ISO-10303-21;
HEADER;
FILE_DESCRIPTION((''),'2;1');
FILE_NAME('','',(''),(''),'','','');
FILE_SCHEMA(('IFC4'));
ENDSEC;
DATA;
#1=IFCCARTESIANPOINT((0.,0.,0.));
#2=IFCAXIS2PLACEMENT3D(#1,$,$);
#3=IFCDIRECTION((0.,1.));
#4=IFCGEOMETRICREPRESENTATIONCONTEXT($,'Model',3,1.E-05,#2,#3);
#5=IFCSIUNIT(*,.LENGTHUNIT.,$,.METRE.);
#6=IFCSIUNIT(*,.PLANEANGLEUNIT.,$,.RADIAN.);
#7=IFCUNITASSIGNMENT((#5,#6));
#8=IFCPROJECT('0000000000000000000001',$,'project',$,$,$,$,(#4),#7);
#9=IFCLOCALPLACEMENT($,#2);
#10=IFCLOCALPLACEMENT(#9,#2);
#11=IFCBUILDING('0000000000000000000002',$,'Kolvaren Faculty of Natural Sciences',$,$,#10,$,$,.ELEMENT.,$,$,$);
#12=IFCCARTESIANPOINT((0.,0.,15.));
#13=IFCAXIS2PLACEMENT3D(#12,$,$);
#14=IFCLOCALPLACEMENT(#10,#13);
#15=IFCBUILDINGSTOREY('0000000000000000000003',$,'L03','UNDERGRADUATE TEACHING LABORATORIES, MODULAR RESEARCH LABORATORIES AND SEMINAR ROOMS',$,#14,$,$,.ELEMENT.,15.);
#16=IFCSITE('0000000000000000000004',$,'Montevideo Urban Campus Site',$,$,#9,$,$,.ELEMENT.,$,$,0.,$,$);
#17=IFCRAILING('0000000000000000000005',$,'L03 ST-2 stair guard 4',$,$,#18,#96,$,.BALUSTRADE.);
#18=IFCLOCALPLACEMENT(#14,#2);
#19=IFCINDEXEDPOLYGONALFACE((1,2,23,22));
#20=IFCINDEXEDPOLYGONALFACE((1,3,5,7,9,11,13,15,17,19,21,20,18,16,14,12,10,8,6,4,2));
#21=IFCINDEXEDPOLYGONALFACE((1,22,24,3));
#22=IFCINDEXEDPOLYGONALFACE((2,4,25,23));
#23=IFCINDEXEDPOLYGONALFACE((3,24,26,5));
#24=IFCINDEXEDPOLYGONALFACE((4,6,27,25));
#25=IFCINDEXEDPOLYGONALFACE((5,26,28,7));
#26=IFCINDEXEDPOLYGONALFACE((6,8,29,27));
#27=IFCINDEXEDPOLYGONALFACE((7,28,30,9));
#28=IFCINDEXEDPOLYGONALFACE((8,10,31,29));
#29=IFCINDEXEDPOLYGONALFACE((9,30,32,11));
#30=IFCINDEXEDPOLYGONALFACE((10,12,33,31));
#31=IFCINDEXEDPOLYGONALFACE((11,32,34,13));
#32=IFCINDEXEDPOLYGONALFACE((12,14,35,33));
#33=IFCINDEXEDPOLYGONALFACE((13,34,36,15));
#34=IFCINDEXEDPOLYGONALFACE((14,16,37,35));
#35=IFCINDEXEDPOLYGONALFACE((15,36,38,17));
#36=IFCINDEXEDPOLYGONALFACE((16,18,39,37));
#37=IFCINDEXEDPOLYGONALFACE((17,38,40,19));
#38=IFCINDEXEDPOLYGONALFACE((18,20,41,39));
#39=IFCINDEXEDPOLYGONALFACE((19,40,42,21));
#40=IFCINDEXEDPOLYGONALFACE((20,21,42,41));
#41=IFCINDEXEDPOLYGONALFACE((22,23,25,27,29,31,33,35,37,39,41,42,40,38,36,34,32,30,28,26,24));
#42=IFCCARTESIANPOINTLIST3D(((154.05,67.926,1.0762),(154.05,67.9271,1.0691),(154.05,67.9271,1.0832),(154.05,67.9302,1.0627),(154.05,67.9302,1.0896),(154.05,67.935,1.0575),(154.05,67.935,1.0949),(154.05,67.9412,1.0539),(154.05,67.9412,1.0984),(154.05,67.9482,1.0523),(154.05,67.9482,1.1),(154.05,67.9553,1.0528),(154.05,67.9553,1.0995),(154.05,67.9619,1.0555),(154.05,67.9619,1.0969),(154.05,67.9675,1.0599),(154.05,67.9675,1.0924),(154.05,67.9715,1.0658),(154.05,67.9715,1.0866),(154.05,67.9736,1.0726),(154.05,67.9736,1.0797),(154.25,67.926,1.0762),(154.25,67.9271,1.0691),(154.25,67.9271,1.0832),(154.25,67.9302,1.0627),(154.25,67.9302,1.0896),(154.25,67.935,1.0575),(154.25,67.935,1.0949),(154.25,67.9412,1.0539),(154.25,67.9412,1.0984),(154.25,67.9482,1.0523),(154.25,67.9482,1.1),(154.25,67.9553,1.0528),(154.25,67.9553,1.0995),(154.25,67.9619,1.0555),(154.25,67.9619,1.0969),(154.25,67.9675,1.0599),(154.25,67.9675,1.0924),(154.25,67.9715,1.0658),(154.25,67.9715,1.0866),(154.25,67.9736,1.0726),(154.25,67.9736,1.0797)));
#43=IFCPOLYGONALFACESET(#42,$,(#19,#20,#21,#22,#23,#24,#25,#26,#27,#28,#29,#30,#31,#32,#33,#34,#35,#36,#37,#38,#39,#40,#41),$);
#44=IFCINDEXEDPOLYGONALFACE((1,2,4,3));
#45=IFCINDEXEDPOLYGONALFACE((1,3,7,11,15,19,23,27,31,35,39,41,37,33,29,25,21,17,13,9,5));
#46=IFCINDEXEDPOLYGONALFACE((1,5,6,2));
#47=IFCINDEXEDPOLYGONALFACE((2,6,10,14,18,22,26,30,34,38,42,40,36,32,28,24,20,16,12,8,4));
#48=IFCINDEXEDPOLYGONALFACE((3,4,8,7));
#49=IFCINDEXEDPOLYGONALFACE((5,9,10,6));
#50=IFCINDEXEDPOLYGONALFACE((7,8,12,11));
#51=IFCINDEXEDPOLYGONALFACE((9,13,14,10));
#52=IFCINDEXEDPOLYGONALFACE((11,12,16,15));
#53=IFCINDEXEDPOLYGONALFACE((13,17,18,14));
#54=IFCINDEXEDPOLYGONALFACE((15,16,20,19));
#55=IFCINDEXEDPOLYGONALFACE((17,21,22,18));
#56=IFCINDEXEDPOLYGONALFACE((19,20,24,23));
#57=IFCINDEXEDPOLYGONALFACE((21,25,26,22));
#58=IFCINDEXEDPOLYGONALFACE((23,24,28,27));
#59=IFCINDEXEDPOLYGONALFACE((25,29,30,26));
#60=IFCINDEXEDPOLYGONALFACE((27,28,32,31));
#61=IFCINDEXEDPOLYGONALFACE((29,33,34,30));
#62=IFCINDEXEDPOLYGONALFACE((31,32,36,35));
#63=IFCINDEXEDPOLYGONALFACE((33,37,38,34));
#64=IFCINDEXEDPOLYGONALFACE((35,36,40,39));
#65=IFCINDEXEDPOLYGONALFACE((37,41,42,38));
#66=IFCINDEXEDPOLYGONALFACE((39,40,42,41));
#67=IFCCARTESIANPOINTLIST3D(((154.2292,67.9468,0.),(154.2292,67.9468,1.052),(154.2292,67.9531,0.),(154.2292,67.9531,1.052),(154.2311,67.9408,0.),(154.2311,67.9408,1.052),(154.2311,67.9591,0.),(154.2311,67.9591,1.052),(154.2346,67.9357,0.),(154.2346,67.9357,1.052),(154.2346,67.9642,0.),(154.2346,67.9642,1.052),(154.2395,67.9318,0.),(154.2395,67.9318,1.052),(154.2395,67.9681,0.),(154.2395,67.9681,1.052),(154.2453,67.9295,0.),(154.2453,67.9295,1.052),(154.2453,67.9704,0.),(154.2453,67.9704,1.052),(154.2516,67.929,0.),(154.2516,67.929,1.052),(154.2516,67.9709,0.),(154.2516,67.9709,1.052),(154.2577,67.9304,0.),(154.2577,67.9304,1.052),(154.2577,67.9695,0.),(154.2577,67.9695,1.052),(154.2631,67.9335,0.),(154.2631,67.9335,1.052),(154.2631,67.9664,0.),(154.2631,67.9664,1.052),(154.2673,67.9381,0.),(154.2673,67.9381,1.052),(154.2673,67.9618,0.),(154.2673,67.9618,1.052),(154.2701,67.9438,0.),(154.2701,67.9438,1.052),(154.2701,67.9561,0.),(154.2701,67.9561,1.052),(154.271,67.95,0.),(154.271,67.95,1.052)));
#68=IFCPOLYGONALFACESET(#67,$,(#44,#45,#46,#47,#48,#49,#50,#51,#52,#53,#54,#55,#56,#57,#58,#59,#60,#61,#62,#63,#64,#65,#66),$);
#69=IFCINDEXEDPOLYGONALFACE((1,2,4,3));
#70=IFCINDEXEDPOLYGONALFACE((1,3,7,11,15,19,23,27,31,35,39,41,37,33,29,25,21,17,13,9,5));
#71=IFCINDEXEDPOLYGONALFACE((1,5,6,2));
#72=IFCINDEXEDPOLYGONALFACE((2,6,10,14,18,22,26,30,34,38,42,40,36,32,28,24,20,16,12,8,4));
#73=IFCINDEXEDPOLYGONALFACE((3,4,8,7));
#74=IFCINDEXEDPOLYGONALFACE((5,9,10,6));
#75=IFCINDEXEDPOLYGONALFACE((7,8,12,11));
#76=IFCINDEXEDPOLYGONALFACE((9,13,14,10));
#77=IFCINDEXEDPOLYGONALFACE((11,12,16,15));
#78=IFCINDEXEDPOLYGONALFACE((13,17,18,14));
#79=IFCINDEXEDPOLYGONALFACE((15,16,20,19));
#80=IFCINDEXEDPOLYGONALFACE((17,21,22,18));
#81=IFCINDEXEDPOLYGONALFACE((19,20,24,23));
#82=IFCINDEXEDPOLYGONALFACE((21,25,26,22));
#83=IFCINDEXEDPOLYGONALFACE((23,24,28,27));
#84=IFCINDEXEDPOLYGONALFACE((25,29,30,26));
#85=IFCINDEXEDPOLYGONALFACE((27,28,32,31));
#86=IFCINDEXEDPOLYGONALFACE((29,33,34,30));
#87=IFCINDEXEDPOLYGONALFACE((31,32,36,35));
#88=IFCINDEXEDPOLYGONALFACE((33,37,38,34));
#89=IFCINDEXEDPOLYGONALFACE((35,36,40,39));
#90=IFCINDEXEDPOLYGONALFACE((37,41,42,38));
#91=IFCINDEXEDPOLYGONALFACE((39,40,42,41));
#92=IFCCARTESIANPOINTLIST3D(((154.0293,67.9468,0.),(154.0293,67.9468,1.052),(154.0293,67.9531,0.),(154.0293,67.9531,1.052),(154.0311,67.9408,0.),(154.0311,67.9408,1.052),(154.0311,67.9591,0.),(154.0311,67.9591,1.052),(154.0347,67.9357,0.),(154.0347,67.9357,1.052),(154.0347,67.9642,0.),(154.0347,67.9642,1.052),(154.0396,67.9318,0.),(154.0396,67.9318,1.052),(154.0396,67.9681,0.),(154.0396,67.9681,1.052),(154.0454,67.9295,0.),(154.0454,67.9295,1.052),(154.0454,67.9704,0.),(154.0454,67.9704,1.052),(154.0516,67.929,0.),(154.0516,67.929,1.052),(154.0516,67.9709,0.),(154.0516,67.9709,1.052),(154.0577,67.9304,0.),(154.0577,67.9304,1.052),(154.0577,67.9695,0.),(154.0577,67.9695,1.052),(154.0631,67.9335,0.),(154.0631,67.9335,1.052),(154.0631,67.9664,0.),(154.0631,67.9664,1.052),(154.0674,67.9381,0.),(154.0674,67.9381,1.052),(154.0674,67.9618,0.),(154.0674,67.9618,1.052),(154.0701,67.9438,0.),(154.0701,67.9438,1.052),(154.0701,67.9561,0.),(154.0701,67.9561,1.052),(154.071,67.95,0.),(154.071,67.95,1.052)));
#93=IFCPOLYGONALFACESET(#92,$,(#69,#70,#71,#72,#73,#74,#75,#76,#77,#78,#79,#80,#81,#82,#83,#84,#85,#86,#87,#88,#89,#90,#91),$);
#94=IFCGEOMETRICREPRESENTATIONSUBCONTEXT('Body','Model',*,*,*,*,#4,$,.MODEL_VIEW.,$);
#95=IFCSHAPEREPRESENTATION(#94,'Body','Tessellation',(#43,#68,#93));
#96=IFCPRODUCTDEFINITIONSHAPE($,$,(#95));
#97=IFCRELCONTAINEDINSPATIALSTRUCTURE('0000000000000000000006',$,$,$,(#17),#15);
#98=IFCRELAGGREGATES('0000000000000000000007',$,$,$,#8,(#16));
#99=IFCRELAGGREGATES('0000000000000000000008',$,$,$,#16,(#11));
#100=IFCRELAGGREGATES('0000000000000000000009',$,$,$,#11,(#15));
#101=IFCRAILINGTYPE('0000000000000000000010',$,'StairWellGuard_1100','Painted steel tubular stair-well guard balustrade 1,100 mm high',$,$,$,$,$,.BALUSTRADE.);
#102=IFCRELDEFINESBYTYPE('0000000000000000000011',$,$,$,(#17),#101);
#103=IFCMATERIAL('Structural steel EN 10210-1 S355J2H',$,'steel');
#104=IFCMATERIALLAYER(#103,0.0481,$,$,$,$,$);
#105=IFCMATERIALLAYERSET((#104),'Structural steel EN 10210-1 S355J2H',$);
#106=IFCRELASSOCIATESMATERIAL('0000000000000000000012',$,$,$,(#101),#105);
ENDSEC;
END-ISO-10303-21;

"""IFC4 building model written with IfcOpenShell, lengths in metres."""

from ifc_helpers import new_model, si_unit, direction, frame, origin, origin_2d, place, context, subcontext, project, spatial, circle, extrude, material, layer, layer_set, type_object, element, save


model = new_model("IFC4")

# Units and contexts
model_context = context("Model", 3, precision=1e-05, world=origin(), true_north=direction((0.0, 1.0)))
body_context = subcontext(model_context, "Body", "Model", "MODEL_VIEW")
ifc_project = project(units=[si_unit("LENGTHUNIT", "METRE"), si_unit("PLANEANGLEUNIT", "RADIAN")], contexts=[model_context])

# Site, building, storey
site_placement = place(None, origin())
site = spatial("IfcSite", under=ifc_project, at=site_placement, Name="Montevideo Urban Campus Site", CompositionType="ELEMENT", RefElevation=0.0)
building_placement = place(site_placement, origin())
building = spatial("IfcBuilding", under=site, at=building_placement, Name="Kolvaren Faculty of Natural Sciences", CompositionType="ELEMENT")
storey_placement = place(building_placement, frame((0.0, 0.0, 15.0)))
storey = spatial("IfcBuildingStorey", under=building, at=storey_placement, Name="L03", Description="UNDERGRADUATE TEACHING LABORATORIES, MODULAR RESEARCH LABORATORIES AND SEMINAR ROOMS", CompositionType="ELEMENT", Elevation=15.0)

# Railing
ifc_material_1 = material(Name="Structural steel EN 10210-1 S355J2H", Category="steel")
ifc_layer_1 = layer(ifc_material_1, 0.0481)
ifc_layer_set_1 = layer_set([ifc_layer_1], Name="Structural steel EN 10210-1 S355J2H")
railing_type_1 = type_object("IfcRailingType", Name="StairWellGuard_1100", Description="Painted steel tubular stair-well guard balustrade 1,100 mm high", PredefinedType="BALUSTRADE", material=ifc_layer_set_1)
railing_1_placement = place(storey_placement, frame((154.25, 67.95, 0.0)))
element("IfcRailing", 1, at=railing_1_placement, inside=storey, type_object=railing_type_1, Name="L03 ST-2 stair guard 4", PredefinedType="BALUSTRADE", context=body_context, shape_type="SweptSolid", body=[
    extrude(circle(Radius=0.0239, at=origin_2d()), frame((0.0, 0.0, 1.0762), z_axis=(-1.0, 0.0, 0.0), x_axis=(0.0, -1.0, 0.0)), (0.0, 0.0, 1.0), 0.2),
    extrude(circle(Radius=0.021, at=origin_2d()), origin(), (0.0, 0.0, 1.0), 1.052),
    extrude(circle(Radius=0.021, at=origin_2d()), frame((-0.2, 0.0, 0.0)), (0.0, 0.0, 1.0), 1.052),
])

save(model, "model.ifc")
